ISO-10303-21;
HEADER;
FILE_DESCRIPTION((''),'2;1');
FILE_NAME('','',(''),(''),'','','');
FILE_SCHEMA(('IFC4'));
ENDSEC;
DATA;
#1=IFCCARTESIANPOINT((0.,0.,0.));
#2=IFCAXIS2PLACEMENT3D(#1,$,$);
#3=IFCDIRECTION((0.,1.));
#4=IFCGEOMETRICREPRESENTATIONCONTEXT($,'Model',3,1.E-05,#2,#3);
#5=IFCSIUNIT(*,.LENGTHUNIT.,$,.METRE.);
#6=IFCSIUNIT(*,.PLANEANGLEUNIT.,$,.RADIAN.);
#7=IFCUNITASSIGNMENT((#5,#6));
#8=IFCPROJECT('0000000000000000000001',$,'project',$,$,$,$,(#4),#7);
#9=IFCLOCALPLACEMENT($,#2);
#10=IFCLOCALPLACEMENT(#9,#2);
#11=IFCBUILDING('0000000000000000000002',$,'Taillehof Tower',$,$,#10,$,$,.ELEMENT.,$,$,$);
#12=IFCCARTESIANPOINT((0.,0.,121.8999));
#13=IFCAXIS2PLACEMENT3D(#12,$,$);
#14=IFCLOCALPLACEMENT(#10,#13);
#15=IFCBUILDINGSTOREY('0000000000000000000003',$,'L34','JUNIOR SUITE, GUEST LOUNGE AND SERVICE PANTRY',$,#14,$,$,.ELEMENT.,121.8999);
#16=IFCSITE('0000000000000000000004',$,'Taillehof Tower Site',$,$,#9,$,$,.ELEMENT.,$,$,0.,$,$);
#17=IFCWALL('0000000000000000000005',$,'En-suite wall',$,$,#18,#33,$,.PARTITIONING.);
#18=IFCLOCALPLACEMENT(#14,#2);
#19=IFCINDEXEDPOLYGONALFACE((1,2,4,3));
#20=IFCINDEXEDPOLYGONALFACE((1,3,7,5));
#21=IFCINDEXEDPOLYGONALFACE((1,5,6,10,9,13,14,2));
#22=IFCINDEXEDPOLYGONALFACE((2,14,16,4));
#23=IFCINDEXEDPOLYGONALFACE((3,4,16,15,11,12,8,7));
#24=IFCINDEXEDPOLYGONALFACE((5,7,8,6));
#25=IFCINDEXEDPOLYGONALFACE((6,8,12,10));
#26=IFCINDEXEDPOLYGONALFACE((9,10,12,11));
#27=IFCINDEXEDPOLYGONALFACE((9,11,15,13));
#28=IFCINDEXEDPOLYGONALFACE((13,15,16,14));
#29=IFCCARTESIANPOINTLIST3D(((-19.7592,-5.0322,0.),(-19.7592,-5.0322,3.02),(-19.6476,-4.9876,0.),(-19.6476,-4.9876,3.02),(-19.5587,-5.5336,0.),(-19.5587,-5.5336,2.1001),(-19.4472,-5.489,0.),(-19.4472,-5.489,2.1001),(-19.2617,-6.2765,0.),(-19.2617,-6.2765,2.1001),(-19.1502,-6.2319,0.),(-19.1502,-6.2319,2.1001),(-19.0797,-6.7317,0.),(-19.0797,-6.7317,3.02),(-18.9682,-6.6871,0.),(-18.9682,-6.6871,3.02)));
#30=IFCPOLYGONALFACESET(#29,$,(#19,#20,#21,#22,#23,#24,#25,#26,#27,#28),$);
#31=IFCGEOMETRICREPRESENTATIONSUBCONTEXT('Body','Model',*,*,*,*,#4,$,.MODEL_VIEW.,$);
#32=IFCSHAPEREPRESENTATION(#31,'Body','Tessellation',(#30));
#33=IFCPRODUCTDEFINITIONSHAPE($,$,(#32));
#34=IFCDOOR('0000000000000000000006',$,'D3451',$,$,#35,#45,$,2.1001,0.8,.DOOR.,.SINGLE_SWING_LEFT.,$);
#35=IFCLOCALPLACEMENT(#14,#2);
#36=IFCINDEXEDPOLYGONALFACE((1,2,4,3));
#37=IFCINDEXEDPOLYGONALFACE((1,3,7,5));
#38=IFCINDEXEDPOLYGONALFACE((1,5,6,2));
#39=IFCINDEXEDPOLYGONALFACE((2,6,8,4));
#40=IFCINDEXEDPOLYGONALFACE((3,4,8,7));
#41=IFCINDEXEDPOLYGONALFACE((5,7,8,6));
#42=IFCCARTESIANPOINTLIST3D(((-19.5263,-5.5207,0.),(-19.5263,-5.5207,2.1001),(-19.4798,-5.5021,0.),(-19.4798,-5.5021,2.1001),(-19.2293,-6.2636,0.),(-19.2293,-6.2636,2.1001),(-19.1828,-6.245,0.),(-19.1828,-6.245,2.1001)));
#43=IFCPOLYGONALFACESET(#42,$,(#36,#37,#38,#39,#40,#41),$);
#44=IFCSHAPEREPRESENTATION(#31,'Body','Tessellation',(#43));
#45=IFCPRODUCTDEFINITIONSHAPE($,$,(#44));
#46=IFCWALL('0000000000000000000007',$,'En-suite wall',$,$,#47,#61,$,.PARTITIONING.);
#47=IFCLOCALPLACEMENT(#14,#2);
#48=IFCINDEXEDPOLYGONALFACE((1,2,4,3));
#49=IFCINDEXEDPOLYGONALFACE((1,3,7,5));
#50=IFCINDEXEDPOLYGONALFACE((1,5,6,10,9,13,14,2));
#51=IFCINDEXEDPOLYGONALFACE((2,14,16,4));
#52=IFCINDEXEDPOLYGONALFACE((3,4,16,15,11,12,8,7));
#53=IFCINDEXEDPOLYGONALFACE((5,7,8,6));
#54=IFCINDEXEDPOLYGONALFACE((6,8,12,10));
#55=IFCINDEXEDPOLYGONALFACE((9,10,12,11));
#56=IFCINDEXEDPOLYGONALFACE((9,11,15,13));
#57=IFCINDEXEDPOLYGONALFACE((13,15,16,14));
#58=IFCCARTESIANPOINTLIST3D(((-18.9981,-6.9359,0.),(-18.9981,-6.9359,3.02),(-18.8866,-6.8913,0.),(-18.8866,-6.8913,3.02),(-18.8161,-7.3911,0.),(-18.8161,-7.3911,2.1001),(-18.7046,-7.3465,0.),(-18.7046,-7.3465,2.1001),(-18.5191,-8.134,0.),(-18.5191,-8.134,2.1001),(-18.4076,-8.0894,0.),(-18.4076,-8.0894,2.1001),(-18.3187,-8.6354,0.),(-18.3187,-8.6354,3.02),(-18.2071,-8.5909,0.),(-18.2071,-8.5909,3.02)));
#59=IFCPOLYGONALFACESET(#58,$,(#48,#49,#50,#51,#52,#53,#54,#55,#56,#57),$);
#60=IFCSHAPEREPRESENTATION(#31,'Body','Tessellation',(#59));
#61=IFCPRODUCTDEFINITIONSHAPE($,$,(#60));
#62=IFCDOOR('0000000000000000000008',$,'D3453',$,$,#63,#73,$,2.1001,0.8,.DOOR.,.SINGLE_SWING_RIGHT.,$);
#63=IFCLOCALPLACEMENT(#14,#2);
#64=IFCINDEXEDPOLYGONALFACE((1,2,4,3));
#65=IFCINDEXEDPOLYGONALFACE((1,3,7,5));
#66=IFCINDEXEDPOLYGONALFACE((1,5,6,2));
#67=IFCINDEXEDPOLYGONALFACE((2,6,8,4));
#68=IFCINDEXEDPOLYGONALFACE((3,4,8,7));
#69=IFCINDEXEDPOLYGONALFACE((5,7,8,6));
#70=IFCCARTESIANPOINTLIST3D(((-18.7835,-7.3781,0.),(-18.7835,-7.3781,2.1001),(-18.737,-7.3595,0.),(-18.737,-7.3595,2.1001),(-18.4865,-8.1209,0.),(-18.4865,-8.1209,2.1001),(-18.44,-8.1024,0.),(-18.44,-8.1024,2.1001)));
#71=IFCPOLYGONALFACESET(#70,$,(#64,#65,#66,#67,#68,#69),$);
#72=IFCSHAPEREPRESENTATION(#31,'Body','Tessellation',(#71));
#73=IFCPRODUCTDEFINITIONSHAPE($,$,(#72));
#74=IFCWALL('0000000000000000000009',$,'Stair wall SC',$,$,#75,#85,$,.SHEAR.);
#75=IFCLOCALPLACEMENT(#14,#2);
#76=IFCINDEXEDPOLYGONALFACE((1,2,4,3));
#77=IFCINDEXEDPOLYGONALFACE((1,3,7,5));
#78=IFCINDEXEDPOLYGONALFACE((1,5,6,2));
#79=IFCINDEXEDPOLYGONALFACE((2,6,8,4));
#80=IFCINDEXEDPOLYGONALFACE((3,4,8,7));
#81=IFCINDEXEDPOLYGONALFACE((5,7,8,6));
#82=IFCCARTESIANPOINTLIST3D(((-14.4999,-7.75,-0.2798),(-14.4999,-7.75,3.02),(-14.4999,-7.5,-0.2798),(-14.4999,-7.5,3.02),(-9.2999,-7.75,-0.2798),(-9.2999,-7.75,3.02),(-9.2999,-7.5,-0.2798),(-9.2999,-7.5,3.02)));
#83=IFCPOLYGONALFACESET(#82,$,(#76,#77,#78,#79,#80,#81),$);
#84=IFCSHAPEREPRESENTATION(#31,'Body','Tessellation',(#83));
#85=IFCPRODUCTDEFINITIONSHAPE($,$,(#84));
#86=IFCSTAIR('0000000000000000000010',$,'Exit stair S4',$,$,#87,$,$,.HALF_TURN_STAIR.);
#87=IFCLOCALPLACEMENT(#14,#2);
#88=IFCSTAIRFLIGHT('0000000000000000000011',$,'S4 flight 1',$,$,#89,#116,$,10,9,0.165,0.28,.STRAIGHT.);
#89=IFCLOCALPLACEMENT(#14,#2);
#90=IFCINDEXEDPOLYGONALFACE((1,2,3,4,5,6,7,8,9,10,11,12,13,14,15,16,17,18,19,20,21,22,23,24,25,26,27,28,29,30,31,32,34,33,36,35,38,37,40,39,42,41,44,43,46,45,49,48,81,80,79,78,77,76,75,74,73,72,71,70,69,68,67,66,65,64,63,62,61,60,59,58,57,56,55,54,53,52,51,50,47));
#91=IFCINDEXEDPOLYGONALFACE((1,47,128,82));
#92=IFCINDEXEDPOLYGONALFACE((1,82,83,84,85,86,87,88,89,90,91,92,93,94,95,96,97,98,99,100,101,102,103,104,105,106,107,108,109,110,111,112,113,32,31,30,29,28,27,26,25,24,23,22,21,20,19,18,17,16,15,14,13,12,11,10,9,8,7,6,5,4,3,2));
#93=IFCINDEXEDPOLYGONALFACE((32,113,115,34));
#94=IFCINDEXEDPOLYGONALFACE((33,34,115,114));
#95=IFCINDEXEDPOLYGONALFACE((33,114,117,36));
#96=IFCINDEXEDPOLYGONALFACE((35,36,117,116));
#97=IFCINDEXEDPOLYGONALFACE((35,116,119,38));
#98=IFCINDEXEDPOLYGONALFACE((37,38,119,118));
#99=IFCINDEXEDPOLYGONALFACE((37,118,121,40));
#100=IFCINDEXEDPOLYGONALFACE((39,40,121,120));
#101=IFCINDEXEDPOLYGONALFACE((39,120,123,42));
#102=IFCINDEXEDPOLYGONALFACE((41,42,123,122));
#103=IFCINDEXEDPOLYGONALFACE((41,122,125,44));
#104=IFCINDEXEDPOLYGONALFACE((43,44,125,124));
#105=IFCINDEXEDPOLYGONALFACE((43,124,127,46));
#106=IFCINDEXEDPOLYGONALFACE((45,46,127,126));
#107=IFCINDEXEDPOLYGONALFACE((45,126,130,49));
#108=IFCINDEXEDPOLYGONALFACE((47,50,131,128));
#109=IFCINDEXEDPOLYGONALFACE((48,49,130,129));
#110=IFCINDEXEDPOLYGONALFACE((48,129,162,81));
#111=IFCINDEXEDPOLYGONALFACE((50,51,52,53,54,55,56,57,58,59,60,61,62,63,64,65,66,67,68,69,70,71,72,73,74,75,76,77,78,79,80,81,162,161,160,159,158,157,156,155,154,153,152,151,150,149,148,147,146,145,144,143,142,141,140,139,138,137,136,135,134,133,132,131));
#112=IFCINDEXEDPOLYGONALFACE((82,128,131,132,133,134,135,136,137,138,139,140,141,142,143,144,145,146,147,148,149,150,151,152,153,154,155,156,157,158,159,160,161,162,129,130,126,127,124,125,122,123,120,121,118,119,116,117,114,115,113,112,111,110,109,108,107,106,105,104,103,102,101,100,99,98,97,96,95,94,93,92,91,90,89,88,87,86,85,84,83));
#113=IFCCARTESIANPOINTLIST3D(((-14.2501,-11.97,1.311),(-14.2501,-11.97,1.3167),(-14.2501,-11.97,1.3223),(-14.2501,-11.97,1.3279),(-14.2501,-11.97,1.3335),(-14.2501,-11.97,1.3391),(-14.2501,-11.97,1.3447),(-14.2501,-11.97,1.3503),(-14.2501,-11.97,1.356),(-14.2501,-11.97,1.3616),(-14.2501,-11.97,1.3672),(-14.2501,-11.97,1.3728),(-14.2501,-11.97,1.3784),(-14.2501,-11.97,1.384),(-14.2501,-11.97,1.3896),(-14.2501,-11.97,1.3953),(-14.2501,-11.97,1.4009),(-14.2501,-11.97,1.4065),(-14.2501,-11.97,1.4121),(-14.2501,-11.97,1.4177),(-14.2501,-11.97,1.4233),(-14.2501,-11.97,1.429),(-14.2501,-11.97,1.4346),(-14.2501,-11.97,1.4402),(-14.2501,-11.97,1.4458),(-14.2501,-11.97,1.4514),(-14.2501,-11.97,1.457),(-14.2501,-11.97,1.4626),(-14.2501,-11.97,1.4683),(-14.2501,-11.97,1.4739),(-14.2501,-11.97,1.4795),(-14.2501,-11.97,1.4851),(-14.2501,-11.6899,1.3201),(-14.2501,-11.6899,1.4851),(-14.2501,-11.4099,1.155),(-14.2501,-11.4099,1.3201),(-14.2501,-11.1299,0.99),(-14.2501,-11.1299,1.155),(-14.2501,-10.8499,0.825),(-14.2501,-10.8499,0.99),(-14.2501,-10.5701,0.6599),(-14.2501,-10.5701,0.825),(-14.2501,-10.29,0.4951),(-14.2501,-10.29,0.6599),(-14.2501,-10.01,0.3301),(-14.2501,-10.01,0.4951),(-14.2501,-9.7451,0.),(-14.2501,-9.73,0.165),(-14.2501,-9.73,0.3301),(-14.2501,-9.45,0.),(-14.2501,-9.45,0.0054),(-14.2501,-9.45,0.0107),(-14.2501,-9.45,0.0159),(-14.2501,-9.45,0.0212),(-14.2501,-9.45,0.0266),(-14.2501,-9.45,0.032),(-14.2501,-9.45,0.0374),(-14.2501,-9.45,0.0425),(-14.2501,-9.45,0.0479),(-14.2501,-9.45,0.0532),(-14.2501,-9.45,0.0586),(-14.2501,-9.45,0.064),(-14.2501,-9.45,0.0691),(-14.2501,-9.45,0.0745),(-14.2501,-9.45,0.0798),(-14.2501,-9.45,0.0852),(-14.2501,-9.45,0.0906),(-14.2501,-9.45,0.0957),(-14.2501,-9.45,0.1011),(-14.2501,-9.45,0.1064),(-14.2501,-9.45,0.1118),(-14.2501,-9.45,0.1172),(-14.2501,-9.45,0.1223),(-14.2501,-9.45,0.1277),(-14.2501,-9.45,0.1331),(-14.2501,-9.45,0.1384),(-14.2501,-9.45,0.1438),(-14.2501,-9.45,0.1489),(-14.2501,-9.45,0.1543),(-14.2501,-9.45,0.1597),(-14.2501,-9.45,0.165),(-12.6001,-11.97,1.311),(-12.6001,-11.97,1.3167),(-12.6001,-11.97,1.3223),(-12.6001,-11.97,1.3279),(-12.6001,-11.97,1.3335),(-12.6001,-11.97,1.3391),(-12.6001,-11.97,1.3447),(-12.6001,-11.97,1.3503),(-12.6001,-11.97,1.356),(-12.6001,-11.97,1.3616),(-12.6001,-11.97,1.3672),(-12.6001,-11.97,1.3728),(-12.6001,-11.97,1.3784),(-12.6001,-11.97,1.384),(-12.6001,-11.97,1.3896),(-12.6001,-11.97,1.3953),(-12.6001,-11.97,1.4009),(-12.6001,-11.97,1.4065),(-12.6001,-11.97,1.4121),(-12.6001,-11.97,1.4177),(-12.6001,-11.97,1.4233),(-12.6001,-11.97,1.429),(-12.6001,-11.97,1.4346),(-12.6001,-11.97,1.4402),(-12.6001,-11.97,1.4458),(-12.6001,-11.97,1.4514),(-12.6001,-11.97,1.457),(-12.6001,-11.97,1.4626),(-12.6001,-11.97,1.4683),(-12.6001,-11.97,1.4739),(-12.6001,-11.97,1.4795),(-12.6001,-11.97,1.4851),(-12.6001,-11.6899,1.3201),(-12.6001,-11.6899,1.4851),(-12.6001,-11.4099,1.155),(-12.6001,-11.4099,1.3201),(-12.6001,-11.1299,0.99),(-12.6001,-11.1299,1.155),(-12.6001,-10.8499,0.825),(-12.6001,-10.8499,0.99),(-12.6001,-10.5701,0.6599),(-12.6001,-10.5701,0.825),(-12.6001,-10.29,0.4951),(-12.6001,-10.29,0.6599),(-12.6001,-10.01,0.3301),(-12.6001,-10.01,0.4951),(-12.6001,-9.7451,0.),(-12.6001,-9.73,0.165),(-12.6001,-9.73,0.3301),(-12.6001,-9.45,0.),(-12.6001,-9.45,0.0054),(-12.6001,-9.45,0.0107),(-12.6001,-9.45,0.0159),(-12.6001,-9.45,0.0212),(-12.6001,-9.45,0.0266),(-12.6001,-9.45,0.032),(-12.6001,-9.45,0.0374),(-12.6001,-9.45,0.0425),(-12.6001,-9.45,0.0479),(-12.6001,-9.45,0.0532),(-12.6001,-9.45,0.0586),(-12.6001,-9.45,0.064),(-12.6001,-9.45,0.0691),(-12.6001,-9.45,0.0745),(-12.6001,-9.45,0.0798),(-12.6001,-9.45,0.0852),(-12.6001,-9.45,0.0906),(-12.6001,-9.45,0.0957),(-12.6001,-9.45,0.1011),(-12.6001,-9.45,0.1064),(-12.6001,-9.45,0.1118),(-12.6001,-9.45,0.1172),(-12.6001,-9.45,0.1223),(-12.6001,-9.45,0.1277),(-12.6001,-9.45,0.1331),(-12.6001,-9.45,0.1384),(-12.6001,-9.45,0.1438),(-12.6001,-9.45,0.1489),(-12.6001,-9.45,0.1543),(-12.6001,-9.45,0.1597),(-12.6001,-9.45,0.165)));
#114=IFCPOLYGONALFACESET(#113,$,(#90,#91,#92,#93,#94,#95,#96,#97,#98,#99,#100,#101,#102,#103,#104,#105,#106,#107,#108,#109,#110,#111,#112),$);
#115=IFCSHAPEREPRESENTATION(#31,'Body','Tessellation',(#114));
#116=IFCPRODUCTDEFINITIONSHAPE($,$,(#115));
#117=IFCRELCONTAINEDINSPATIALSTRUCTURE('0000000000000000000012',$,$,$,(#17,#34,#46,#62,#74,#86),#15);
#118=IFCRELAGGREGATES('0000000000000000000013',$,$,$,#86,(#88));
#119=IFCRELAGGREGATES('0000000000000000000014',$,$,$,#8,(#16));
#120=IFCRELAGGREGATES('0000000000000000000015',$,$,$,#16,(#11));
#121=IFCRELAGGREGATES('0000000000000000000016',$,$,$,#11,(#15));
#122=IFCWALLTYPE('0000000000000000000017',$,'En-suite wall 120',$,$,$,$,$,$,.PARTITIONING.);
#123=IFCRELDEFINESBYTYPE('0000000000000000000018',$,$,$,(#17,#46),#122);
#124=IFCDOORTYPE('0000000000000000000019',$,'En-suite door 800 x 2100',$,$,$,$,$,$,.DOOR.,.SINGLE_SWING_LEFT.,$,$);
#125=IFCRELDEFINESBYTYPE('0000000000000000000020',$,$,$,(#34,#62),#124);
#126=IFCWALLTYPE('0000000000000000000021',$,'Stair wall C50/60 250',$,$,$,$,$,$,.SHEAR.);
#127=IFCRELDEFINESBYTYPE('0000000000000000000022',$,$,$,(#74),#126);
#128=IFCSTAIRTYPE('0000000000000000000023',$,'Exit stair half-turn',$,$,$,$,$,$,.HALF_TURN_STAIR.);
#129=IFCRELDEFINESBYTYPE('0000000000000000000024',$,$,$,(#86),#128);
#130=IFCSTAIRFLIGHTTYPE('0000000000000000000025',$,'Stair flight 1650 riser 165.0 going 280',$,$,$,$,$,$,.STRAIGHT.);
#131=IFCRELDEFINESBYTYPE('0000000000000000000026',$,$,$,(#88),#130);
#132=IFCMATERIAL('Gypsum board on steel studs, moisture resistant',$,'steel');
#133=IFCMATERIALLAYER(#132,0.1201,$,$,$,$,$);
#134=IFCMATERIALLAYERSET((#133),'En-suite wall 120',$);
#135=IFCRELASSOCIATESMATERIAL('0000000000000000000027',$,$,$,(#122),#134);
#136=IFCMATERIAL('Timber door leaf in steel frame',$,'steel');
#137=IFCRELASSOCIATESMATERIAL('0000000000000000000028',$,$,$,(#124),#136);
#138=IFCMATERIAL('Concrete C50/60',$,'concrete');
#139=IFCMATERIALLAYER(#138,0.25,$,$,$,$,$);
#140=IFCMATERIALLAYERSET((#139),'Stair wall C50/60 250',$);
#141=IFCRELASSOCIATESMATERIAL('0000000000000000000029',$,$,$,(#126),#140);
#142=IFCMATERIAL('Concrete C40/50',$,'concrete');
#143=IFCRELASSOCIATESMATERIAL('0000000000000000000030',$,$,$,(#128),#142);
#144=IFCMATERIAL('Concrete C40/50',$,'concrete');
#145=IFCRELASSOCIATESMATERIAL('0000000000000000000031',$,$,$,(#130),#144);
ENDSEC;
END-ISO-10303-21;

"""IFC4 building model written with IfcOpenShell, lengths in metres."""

from ifc_helpers import new_model, si_unit, direction, frame, frame_2d, origin, place, context, subcontext, project, spatial, polyline, rectangle, outline, extrude, material, layer, layer_set, type_object, element, fill, aggregate, save


model = new_model("IFC4")

# Units and contexts
model_context = context("Model", 3, precision=1e-05, world=origin(), true_north=direction((0.0, 1.0)))
body_context = subcontext(model_context, "Body", "Model", "MODEL_VIEW")
ifc_project = project(units=[si_unit("LENGTHUNIT", "METRE"), si_unit("PLANEANGLEUNIT", "RADIAN")], contexts=[model_context])

# Site, building, storey
site_placement = place(None, origin())
site = spatial("IfcSite", under=ifc_project, at=site_placement, Name="Taillehof Tower Site", CompositionType="ELEMENT", RefElevation=0.0)
building_placement = place(site_placement, origin())
building = spatial("IfcBuilding", under=site, at=building_placement, Name="Taillehof Tower", CompositionType="ELEMENT")
storey_placement = place(building_placement, frame((0.0, 0.0, 121.8999)))
storey = spatial("IfcBuildingStorey", under=building, at=storey_placement, Name="L34", Description="JUNIOR SUITE, GUEST LOUNGE AND SERVICE PANTRY", CompositionType="ELEMENT", Elevation=121.8999)

# Shared definitions
ifc_material_1 = material(Name="Gypsum board on steel studs, moisture resistant", Category="steel")
ifc_layer_1 = layer(ifc_material_1, 0.1201)
ifc_layer_set_1 = layer_set([ifc_layer_1], Name="En-suite wall 120")
wall_type_1 = type_object("IfcWallType", Name="En-suite wall 120", PredefinedType="PARTITIONING", material=ifc_layer_set_1)

# Walls, openings, doors
wall_1_placement = place(storey_placement, frame((-19.7034, -5.01, 0.0), z_axis=(0.0, 0.0, 1.0), x_axis=(0.37123, -0.928541, 0.0)))
wall_1 = element("IfcWall", 1, at=wall_1_placement, inside=storey, type_object=wall_type_1, Name="En-suite wall", PredefinedType="PARTITIONING", context=body_context, shape_type="SweptSolid", body=[
    extrude(rectangle(XDim=1.8303, YDim=0.1201, at=frame_2d((0.915, 0.0))), origin(), (0.0, 0.0, 1.0), 3.02),
])
opening_1_placement = place(wall_1_placement, frame((0.54, 0.0, 0.0)))
opening_1 = element("IfcOpeningElement", 2, at=opening_1_placement, cuts=wall_1, PredefinedType="OPENING", context=body_context, shape_type="SweptSolid", body=[
    extrude(rectangle(XDim=0.8, YDim=2.1001, at=frame_2d((0.3999, 1.05))), frame((0.0, 0.0701, 0.0), z_axis=(0.0, -1.0, 0.0), x_axis=(1.0, 0.0, 0.0)), (0.0, 0.0, 1.0), 0.1401),
])
ifc_material_2 = material(Name="Timber door leaf in steel frame", Category="steel")
door_type_1 = type_object("IfcDoorType", Name="En-suite door 800 x 2100", OperationType="SINGLE_SWING_LEFT", PredefinedType="DOOR", material=ifc_material_2)
door_1_placement = place(opening_1_placement, origin())
door_1 = element("IfcDoor", 3, at=door_1_placement, inside=storey, type_object=door_type_1, Name="D3451", OperationType="SINGLE_SWING_LEFT", OverallHeight=2.1001, OverallWidth=0.8, PredefinedType="DOOR", context=body_context, shape_type="SweptSolid", body=[
    extrude(rectangle(XDim=0.8, YDim=2.1001, at=frame_2d((0.3999, 1.05))), frame((0.0, 0.0249, 0.0), z_axis=(0.0, -1.0, 0.0), x_axis=(1.0, 0.0, 0.0)), (0.0, 0.0, 1.0), 0.05),
])
fill(opening_1, door_1)
wall_2_placement = place(storey_placement, frame((-18.2629, -8.613, 0.0), z_axis=(0.0, 0.0, 1.0), x_axis=(-0.37123, 0.928541, 0.0)))
wall_2 = element("IfcWall", 4, at=wall_2_placement, inside=storey, type_object=wall_type_1, Name="En-suite wall", PredefinedType="PARTITIONING", context=body_context, shape_type="SweptSolid", body=[
    extrude(rectangle(XDim=1.8303, YDim=0.1201, at=frame_2d((0.915, 0.0))), origin(), (0.0, 0.0, 1.0), 3.02),
])
opening_2_placement = place(wall_2_placement, frame((0.54, 0.0, 0.0)))
opening_2 = element("IfcOpeningElement", 5, at=opening_2_placement, cuts=wall_2, PredefinedType="OPENING", context=body_context, shape_type="SweptSolid", body=[
    extrude(rectangle(XDim=0.8, YDim=2.1001, at=frame_2d((0.3999, 1.05))), frame((0.0, 0.0701, 0.0), z_axis=(0.0, -1.0, 0.0), x_axis=(1.0, 0.0, 0.0)), (0.0, 0.0, 1.0), 0.1401),
])
door_2_placement = place(opening_2_placement, origin())
door_2 = element("IfcDoor", 6, at=door_2_placement, inside=storey, type_object=door_type_1, Name="D3453", OperationType="SINGLE_SWING_RIGHT", OverallHeight=2.1001, OverallWidth=0.8, PredefinedType="DOOR", context=body_context, shape_type="SweptSolid", body=[
    extrude(rectangle(XDim=0.8, YDim=2.1001, at=frame_2d((0.3999, 1.05))), frame((0.0, 0.0249, 0.0), z_axis=(0.0, -1.0, 0.0), x_axis=(1.0, 0.0, 0.0)), (0.0, 0.0, 1.0), 0.05),
])
fill(opening_2, door_2)

# Wall
ifc_material_3 = material(Name="Concrete C50/60", Category="concrete")
ifc_layer_2 = layer(ifc_material_3, 0.25)
ifc_layer_set_2 = layer_set([ifc_layer_2], Name="Stair wall C50/60 250")
wall_type_2 = type_object("IfcWallType", Name="Stair wall C50/60 250", PredefinedType="SHEAR", material=ifc_layer_set_2)
wall_3_placement = place(storey_placement, frame((-14.5, -7.625, -0.2798), z_axis=(0.0, 0.0, 1.0), x_axis=(1.0, 0.0, 0.0)))
element("IfcWall", 7, at=wall_3_placement, inside=storey, type_object=wall_type_2, Name="Stair wall SC", PredefinedType="SHEAR", context=body_context, shape_type="SweptSolid", body=[
    extrude(rectangle(XDim=5.2, YDim=0.25, at=frame_2d((2.6001, 0.0))), origin(), (0.0, 0.0, 1.0), 3.2998),
])

# Stair, stair flight
ifc_material_4 = material(Name="Concrete C40/50", Category="concrete")
stair_type = type_object("IfcStairType", Name="Exit stair half-turn", PredefinedType="HALF_TURN_STAIR", material=ifc_material_4)
stair_placement = place(storey_placement, origin())
stair = element("IfcStair", 8, at=stair_placement, inside=storey, type_object=stair_type, Name="Exit stair S4", PredefinedType="HALF_TURN_STAIR")
ifc_material_5 = material(Name="Concrete C40/50", Category="concrete")
stair_flight_type = type_object("IfcStairFlightType", Name="Stair flight 1650 riser 165.0 going 280", PredefinedType="STRAIGHT", material=ifc_material_5)
stair_flight_placement = place(storey_placement, frame((-13.425, -9.45, 0.0), z_axis=(0.0, 0.0, 1.0), x_axis=(0.0, -1.0, 0.0)))
stair_flight = element("IfcStairFlight", 9, at=stair_flight_placement, type_object=stair_flight_type, Name="S4 flight 1", NumberOfRisers=10, NumberOfTreads=9, PredefinedType="STRAIGHT", RiserHeight=0.165, TreadLength=0.28, context=body_context, shape_type="SweptSolid", body=[
    extrude(outline(polyline([(0.0, 0.0), (0.0, 0.0054), (0.0, 0.0107), (0.0, 0.0159), (0.0, 0.0212), (0.0, 0.0266), (0.0, 0.032), (0.0, 0.0374), (0.0, 0.0425), (0.0, 0.0479), (0.0, 0.0532), (0.0, 0.0586), (0.0, 0.064), (0.0, 0.0691), (0.0, 0.0745), (0.0, 0.0798), (0.0, 0.0852), (0.0, 0.0906), (0.0, 0.0957), (0.0, 0.1011), (0.0, 0.1064), (0.0, 0.1118), (0.0, 0.1172), (0.0, 0.1223), (0.0, 0.1277), (0.0, 0.1331), (0.0, 0.1384), (0.0, 0.1438), (0.0, 0.1489), (0.0, 0.1543), (0.0, 0.1597), (0.0, 0.165), (0.28, 0.165), (0.28, 0.3301), (0.5601, 0.3301), (0.5601, 0.4951), (0.8401, 0.4951), (0.8401, 0.6599), (1.1201, 0.6599), (1.1201, 0.825), (1.3999, 0.825), (1.3999, 0.99), (1.6799, 0.99), (1.6799, 1.155), (1.96, 1.155), (1.96, 1.3201), (2.24, 1.3201), (2.24, 1.4851), (2.52, 1.4851), (2.52, 1.4795), (2.52, 1.4739), (2.52, 1.4683), (2.52, 1.4626), (2.52, 1.457), (2.52, 1.4514), (2.52, 1.4458), (2.52, 1.4402), (2.52, 1.4346), (2.52, 1.429), (2.52, 1.4233), (2.52, 1.4177), (2.52, 1.4121), (2.52, 1.4065), (2.52, 1.4009), (2.52, 1.3953), (2.52, 1.3896), (2.52, 1.384), (2.52, 1.3784), (2.52, 1.3728), (2.52, 1.3672), (2.52, 1.3616), (2.52, 1.356), (2.52, 1.3503), (2.52, 1.3447), (2.52, 1.3391), (2.52, 1.3335), (2.52, 1.3279), (2.52, 1.3223), (2.52, 1.3167), (2.52, 1.311), (0.2952, 0.0), (0.0, 0.0)])), frame((0.0, 0.825, 0.0), z_axis=(0.0, -1.0, 0.0), x_axis=(1.0, 0.0, 0.0)), (0.0, 0.0, 1.0), 1.65),
])
aggregate(stair, [stair_flight])

save(model, "model.ifc")
